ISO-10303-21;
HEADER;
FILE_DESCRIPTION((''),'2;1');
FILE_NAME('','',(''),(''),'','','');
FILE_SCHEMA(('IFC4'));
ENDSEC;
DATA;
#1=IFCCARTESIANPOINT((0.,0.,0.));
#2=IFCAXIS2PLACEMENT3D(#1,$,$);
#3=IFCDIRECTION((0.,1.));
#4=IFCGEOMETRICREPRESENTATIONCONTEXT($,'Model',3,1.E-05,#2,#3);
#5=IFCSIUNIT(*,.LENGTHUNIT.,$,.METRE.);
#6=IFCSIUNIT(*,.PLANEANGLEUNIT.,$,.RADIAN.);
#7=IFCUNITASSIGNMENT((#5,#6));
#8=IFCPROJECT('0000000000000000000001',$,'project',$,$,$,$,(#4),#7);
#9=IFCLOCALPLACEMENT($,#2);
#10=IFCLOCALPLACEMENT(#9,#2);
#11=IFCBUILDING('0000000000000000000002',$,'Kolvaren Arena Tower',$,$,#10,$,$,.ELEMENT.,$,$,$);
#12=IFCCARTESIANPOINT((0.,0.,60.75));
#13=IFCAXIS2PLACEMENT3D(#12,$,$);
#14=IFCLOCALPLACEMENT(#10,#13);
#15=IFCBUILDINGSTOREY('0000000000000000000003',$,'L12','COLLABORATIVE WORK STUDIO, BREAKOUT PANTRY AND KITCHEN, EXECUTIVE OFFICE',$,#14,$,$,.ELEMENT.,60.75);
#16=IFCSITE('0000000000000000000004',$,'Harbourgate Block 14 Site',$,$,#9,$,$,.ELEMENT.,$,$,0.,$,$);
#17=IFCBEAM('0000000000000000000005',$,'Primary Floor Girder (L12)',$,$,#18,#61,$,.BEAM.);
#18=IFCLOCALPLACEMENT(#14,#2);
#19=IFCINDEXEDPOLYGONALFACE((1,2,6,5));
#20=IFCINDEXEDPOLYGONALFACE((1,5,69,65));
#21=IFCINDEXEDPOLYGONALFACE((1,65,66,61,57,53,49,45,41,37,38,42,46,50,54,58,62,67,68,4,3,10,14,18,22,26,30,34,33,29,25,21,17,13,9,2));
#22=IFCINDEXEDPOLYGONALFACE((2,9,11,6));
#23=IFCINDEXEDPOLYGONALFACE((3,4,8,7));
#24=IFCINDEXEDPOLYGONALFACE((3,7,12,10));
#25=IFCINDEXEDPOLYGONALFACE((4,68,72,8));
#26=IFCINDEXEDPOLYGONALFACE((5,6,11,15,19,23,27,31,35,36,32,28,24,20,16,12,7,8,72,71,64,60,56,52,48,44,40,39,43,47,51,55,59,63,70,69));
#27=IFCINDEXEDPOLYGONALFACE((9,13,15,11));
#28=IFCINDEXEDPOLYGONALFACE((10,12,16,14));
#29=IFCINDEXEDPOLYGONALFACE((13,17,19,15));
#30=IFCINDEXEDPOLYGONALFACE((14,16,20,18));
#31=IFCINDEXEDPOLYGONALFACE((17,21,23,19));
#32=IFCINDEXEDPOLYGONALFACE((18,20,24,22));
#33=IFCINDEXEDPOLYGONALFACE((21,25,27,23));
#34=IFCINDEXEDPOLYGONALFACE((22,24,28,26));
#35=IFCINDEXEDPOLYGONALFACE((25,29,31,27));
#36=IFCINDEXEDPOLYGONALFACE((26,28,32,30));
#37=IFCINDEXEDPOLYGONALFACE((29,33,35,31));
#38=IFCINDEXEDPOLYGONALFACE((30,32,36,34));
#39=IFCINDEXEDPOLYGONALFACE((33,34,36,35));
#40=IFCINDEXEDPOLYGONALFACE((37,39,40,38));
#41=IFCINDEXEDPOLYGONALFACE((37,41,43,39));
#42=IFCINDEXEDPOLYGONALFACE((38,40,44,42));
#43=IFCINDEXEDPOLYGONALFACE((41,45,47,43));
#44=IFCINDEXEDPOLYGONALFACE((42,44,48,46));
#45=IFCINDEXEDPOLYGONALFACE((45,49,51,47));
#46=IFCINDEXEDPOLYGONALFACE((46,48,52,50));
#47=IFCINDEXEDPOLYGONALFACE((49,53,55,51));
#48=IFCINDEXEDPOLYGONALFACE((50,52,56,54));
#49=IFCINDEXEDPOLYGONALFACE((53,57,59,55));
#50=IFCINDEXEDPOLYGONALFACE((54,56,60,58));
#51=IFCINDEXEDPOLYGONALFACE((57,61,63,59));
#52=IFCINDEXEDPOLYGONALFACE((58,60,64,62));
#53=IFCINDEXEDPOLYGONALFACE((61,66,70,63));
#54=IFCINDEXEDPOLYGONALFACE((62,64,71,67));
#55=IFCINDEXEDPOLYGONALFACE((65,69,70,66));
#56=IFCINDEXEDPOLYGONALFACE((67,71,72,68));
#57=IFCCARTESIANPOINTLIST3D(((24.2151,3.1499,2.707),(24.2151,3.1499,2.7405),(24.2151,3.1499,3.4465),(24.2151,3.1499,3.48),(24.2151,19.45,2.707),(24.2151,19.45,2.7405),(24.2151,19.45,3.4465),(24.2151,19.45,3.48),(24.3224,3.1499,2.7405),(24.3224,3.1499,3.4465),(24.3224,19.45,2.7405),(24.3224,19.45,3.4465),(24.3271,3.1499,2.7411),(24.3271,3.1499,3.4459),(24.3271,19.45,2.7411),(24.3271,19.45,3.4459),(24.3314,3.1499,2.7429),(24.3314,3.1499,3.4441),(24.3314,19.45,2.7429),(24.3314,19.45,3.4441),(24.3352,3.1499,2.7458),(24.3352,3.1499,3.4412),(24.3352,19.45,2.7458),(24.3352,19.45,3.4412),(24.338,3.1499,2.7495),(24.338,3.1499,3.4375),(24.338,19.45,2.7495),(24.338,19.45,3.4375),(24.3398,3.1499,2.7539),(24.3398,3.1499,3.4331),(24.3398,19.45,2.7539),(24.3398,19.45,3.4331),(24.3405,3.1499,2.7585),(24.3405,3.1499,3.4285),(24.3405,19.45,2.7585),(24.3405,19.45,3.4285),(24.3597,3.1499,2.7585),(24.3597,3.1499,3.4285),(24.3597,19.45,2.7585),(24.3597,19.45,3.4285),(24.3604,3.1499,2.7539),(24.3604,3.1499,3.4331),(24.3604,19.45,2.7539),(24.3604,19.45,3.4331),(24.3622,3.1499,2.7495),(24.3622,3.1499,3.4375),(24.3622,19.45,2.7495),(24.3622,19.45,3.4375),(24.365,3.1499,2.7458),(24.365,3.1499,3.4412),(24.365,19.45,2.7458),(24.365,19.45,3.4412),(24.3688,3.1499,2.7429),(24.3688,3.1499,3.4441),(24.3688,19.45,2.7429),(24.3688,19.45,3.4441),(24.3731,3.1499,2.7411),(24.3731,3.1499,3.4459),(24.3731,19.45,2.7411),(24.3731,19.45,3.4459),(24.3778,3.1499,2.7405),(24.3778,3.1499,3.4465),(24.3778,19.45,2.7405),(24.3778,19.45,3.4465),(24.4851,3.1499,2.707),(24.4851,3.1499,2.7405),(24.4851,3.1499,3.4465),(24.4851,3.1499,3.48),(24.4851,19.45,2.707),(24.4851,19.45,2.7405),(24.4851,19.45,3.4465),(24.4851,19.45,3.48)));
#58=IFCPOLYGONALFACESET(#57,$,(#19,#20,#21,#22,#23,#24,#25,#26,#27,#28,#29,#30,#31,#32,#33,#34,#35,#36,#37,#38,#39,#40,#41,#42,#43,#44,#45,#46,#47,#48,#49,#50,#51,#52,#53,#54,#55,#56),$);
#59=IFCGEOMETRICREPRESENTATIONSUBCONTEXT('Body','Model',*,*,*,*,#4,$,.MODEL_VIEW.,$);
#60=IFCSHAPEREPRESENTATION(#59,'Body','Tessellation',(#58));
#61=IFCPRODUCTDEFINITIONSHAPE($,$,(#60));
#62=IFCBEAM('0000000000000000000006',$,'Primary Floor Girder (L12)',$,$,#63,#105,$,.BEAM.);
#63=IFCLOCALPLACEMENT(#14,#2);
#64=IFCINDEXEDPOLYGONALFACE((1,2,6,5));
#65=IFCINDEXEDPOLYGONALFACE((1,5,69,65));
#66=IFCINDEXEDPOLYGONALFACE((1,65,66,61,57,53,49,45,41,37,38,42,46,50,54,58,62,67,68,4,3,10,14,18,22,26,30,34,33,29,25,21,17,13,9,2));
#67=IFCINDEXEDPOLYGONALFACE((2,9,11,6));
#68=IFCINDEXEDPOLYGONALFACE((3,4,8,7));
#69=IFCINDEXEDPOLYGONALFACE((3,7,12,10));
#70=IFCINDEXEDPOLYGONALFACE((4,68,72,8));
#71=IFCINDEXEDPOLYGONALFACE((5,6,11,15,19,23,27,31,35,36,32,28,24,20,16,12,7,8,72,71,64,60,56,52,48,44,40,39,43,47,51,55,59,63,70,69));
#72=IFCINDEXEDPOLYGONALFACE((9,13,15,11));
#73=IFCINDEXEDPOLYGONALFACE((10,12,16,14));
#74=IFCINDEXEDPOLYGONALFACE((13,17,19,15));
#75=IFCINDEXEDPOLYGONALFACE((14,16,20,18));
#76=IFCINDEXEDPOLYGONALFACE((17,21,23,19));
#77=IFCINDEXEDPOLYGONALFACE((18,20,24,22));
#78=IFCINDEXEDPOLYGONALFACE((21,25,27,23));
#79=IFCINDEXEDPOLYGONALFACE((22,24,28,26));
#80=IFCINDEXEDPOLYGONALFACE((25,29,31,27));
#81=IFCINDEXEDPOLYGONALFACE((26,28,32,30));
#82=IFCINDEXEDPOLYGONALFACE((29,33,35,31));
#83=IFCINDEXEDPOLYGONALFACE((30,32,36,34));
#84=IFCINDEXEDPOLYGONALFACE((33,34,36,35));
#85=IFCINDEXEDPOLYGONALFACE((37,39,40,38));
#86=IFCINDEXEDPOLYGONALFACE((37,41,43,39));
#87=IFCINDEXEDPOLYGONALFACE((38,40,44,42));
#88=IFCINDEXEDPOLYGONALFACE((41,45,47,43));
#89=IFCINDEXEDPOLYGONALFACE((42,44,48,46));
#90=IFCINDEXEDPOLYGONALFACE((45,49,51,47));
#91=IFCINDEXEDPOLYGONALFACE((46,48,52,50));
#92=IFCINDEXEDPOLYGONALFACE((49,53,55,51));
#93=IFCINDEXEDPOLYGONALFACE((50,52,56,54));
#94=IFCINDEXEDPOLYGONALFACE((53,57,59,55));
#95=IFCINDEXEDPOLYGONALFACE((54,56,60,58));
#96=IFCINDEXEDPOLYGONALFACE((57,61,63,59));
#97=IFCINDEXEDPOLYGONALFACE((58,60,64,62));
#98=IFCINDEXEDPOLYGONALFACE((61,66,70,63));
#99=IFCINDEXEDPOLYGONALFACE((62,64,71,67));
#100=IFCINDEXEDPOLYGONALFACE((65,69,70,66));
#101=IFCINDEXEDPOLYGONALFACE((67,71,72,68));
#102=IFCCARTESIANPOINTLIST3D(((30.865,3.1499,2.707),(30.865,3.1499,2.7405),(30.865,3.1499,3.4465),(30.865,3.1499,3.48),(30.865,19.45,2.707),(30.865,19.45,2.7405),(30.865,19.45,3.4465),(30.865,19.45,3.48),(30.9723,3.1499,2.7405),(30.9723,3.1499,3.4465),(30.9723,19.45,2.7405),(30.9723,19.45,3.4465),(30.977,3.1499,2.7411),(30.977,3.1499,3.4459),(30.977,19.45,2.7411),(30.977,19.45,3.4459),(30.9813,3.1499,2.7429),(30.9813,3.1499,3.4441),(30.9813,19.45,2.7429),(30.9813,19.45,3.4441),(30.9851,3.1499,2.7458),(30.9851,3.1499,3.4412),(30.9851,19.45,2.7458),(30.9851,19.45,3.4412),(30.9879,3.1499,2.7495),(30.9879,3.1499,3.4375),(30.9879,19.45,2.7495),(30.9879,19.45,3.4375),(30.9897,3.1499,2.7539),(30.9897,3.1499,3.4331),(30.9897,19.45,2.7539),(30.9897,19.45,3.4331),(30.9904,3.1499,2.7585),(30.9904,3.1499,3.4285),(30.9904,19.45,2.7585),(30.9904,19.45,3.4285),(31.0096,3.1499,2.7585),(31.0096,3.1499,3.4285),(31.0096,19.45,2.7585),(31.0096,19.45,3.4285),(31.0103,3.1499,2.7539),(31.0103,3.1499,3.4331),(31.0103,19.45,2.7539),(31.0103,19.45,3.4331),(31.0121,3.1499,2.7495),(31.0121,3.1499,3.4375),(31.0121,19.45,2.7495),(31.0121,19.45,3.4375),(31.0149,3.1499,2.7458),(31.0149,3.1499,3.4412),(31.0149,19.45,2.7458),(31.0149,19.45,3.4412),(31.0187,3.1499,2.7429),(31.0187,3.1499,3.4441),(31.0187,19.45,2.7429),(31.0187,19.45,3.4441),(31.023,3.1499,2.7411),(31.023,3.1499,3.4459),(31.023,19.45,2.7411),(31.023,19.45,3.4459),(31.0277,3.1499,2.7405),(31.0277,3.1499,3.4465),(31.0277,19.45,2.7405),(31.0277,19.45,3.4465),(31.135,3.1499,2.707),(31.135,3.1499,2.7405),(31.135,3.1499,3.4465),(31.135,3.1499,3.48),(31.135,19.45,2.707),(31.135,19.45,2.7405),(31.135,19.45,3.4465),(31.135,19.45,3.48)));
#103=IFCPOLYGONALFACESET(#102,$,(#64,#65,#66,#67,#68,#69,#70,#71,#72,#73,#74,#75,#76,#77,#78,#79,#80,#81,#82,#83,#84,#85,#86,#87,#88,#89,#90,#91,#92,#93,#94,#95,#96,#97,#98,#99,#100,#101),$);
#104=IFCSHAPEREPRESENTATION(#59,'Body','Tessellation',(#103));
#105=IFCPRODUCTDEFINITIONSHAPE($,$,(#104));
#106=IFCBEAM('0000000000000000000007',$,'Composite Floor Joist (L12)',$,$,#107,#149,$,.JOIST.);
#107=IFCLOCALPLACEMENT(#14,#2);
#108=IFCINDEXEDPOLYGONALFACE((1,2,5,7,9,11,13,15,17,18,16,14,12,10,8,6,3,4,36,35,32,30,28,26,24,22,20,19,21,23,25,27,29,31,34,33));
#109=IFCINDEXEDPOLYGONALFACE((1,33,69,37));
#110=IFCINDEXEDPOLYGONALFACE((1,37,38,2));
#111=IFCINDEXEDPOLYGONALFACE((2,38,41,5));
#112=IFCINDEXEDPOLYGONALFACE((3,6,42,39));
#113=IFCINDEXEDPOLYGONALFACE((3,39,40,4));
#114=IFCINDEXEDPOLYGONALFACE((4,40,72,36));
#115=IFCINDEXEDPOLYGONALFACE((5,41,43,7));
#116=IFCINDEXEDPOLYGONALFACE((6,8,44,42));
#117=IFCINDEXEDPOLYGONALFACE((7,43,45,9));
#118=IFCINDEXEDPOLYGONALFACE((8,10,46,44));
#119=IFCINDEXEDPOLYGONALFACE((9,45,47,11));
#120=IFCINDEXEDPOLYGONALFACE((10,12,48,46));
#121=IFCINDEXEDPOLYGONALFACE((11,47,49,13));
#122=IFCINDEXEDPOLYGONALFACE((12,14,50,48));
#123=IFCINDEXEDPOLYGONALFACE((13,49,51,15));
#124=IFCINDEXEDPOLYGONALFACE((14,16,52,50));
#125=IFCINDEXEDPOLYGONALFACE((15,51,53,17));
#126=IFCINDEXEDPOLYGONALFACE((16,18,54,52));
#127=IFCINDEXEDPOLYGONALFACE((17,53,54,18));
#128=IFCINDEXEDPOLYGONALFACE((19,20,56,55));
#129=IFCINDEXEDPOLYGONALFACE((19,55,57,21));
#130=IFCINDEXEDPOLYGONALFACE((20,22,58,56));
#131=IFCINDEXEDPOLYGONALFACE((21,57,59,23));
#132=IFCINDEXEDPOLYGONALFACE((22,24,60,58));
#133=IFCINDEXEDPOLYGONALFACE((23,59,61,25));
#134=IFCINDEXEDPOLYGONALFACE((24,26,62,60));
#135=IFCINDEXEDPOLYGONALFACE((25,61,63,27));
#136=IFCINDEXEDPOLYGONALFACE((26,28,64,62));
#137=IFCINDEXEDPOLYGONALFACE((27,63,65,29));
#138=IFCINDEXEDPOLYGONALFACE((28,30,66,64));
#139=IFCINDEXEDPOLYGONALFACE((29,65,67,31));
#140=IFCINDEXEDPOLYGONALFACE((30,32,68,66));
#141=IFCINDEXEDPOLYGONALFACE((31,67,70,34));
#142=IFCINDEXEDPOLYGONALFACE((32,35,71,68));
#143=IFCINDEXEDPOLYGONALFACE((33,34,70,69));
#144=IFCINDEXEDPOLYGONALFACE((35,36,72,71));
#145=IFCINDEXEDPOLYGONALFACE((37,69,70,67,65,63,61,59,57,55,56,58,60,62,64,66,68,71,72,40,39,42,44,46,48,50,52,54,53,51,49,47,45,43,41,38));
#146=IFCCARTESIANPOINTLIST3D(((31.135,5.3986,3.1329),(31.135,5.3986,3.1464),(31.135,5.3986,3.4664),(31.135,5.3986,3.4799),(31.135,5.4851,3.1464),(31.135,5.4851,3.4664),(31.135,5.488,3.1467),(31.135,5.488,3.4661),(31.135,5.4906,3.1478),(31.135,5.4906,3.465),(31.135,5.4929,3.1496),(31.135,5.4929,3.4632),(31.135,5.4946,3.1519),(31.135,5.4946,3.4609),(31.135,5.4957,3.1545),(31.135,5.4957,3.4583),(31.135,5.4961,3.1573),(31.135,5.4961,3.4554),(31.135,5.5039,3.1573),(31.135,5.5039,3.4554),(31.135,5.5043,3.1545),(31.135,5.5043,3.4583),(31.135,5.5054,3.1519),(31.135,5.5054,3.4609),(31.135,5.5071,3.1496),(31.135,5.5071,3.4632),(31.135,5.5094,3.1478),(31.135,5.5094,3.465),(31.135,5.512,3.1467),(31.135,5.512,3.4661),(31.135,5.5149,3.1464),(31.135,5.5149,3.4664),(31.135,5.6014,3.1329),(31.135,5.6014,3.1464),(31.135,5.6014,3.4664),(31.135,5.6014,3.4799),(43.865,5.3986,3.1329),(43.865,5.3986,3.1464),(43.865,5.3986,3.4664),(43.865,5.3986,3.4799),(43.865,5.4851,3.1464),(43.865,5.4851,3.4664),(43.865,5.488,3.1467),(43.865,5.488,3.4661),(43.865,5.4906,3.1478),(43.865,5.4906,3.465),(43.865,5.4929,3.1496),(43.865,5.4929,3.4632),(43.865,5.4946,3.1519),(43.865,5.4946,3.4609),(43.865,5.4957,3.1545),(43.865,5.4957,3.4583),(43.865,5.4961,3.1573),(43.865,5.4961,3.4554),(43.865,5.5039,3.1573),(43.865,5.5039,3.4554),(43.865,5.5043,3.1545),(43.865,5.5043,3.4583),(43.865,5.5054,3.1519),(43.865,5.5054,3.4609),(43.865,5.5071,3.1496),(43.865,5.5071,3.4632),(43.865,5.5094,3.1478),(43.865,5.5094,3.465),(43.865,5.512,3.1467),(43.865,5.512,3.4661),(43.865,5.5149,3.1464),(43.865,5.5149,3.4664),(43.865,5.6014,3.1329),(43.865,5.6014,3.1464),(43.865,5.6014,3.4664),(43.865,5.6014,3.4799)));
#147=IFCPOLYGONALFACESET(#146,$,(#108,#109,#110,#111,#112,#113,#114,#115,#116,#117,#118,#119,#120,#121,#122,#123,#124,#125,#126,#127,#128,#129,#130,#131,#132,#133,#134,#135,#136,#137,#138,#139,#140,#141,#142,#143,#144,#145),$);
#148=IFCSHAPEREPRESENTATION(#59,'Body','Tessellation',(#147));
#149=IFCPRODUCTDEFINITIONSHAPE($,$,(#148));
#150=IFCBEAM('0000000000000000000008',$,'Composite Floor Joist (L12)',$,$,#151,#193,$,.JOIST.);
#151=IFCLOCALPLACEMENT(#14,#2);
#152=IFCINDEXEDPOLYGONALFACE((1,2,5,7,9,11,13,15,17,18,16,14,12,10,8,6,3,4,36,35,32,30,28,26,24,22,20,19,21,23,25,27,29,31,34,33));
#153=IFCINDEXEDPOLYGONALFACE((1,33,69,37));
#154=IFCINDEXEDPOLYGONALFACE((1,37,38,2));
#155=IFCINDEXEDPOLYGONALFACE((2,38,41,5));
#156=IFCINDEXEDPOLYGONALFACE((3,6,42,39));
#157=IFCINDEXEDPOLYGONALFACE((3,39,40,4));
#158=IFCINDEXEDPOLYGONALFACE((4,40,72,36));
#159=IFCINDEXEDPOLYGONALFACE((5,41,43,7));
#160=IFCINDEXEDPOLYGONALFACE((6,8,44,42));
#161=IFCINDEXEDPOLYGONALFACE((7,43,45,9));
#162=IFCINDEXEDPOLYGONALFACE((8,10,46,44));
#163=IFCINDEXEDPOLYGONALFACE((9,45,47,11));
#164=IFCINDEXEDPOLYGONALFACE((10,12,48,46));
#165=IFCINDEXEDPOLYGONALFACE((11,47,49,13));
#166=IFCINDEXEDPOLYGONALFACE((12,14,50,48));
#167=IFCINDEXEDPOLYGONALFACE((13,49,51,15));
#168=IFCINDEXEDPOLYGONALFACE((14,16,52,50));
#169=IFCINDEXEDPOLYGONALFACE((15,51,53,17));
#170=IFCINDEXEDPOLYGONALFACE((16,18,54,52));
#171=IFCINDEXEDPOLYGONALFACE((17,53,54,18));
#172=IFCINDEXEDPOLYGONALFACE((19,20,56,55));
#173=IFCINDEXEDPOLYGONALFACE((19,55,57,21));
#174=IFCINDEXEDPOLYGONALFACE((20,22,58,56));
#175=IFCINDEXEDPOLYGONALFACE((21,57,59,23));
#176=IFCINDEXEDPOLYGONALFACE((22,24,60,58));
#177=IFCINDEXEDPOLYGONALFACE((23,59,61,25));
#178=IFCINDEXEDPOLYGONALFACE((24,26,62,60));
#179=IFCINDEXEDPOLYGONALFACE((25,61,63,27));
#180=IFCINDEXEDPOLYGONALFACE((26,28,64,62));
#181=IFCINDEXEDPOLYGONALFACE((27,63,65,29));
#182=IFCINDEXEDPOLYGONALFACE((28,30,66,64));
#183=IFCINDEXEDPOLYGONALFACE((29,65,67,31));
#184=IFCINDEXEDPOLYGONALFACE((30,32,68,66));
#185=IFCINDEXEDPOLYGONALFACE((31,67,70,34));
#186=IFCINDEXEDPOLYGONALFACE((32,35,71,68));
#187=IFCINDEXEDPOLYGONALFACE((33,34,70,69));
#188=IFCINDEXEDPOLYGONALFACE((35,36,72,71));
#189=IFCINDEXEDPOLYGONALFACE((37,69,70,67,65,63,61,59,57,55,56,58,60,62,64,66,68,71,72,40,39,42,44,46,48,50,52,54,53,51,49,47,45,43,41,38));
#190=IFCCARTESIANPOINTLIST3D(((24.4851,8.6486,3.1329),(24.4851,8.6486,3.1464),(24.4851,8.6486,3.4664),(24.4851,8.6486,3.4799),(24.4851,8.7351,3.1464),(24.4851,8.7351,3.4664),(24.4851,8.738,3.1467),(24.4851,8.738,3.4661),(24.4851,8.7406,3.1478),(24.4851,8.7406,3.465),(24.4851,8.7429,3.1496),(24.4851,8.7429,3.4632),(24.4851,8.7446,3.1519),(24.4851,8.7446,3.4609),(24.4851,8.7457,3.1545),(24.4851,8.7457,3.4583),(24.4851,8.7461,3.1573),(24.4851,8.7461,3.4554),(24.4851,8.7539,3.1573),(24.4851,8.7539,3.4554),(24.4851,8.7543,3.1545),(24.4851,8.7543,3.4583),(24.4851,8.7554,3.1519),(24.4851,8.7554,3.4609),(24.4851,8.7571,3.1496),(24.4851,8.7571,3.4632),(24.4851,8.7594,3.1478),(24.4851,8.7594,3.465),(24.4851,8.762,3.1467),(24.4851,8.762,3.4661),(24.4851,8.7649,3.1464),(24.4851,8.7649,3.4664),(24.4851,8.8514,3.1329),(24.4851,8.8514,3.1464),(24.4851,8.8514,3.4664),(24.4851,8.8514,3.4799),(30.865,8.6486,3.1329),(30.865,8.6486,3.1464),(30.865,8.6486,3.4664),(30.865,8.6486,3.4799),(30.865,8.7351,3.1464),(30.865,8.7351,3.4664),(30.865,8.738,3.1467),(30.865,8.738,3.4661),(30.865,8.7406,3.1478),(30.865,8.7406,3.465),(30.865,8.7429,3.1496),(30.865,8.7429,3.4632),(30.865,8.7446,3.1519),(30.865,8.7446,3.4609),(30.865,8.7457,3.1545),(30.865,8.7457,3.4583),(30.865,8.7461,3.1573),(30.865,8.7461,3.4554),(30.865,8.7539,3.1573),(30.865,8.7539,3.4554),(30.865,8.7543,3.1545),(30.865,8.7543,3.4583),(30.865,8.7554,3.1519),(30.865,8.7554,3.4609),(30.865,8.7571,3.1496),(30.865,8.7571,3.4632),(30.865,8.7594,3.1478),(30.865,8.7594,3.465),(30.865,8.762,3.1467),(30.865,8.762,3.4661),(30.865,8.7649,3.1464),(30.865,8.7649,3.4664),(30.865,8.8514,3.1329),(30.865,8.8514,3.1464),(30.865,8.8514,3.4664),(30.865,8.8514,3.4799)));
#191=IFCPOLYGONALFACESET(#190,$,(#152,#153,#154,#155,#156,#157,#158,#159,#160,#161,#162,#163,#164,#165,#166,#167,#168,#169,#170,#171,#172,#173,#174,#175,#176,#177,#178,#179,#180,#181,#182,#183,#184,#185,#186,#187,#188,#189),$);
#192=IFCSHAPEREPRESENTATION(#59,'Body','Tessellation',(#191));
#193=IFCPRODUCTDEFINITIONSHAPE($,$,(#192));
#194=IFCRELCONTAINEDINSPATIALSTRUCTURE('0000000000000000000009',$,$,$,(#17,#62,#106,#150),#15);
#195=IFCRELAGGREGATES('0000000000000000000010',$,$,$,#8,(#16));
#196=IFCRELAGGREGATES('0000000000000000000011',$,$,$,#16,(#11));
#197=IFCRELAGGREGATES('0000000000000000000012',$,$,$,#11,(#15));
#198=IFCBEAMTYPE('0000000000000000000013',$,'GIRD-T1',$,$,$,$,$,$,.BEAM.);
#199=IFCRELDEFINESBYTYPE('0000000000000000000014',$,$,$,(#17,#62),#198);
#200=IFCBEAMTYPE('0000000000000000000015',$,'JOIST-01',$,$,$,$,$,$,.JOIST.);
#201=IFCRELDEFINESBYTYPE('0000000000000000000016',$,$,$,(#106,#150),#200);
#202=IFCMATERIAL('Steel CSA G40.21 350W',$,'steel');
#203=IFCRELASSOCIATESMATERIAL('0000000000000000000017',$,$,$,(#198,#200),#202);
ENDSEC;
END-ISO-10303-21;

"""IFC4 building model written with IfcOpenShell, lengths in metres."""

from ifc_helpers import new_model, si_unit, direction, frame, origin, origin_2d, place, context, subcontext, project, spatial, i_section, extrude, material, material_profile, profile_set, type_object, element, save


model = new_model("IFC4")

# Units and contexts
model_context = context("Model", 3, precision=1e-05, world=origin(), true_north=direction((0.0, 1.0)))
body_context = subcontext(model_context, "Body", "Model", "MODEL_VIEW")
ifc_project = project(units=[si_unit("LENGTHUNIT", "METRE"), si_unit("PLANEANGLEUNIT", "RADIAN")], contexts=[model_context])

# Site, building, storey
site_placement = place(None, origin())
site = spatial("IfcSite", under=ifc_project, at=site_placement, Name="Harbourgate Block 14 Site", CompositionType="ELEMENT", RefElevation=0.0)
building_placement = place(site_placement, origin())
building = spatial("IfcBuilding", under=site, at=building_placement, Name="Kolvaren Arena Tower", CompositionType="ELEMENT")
storey_placement = place(building_placement, frame((0.0, 0.0, 60.75)))
storey = spatial("IfcBuildingStorey", under=building, at=storey_placement, Name="L12", Description="COLLABORATIVE WORK STUDIO, BREAKOUT PANTRY AND KITCHEN, EXECUTIVE OFFICE", CompositionType="ELEMENT", Elevation=60.75)

# Beams
ifc_material_1 = material(Name="Steel CSA G40.21 350W", Category="steel")
ifc_material_profile_1 = material_profile(ifc_material_1, i_section(OverallWidth=0.27, OverallDepth=0.7729, WebThickness=0.0193, FlangeThickness=0.0334, FilletRadius=0.0181, at=origin_2d()), Name="W760x257")
ifc_profile_set_1 = profile_set([ifc_material_profile_1], Name="Steel CSA G40.21 350W")
beam_type_1 = type_object("IfcBeamType", Name="GIRD-T1", PredefinedType="BEAM", material=ifc_profile_set_1)
for number, where, z_axis, x_axis, name in (
    (1, (24.3501, 3.1499, 3.0935), (0.0, 1.0, 0.0), (-1.0, 0.0, 0.0), "Primary Floor Girder (L12)"),
    (2, (31.0, 3.1499, 3.0935), (0.0, 1.0, 0.0), (-1.0, 0.0, 0.0), "Primary Floor Girder (L12)"),
):
    element("IfcBeam", number, at=place(storey_placement, frame(where, z_axis=z_axis, x_axis=x_axis)), inside=storey, type_object=beam_type_1, Name=name, PredefinedType="BEAM", context=body_context, shape_type="SweptSolid", body=[
        extrude(i_section(OverallWidth=0.27, OverallDepth=0.7729, WebThickness=0.0193, FlangeThickness=0.0334, FilletRadius=0.0181, at=origin_2d()), origin(), (0.0, 0.0, 1.0), 16.3),
    ])
ifc_material_profile_2 = material_profile(ifc_material_1, i_section(OverallWidth=0.2029, OverallDepth=0.3469, WebThickness=0.0078, FlangeThickness=0.0134, FilletRadius=0.011, at=origin_2d()), Name="W360x64")
ifc_profile_set_2 = profile_set([ifc_material_profile_2], Name="Steel CSA G40.21 350W")
beam_type_2 = type_object("IfcBeamType", Name="JOIST-01", PredefinedType="JOIST", material=ifc_profile_set_2)
beam_1_placement = place(storey_placement, frame((31.135, 5.5, 3.3064), z_axis=(1.0, 0.0, 0.0), x_axis=(0.0, 1.0, 0.0)))
element("IfcBeam", 3, at=beam_1_placement, inside=storey, type_object=beam_type_2, Name="Composite Floor Joist (L12)", PredefinedType="JOIST", context=body_context, shape_type="SweptSolid", body=[
    extrude(i_section(OverallWidth=0.2029, OverallDepth=0.3469, WebThickness=0.0078, FlangeThickness=0.0134, FilletRadius=0.011, at=origin_2d()), origin(), (0.0, 0.0, 1.0), 12.73),
])
beam_2_placement = place(storey_placement, frame((24.4851, 8.75, 3.3064), z_axis=(1.0, 0.0, 0.0), x_axis=(0.0, 1.0, 0.0)))
element("IfcBeam", 4, at=beam_2_placement, inside=storey, type_object=beam_type_2, Name="Composite Floor Joist (L12)", PredefinedType="JOIST", context=body_context, shape_type="SweptSolid", body=[
    extrude(i_section(OverallWidth=0.2029, OverallDepth=0.3469, WebThickness=0.0078, FlangeThickness=0.0134, FilletRadius=0.011, at=origin_2d()), origin(), (0.0, 0.0, 1.0), 6.3799),
])

save(model, "model.ifc")
